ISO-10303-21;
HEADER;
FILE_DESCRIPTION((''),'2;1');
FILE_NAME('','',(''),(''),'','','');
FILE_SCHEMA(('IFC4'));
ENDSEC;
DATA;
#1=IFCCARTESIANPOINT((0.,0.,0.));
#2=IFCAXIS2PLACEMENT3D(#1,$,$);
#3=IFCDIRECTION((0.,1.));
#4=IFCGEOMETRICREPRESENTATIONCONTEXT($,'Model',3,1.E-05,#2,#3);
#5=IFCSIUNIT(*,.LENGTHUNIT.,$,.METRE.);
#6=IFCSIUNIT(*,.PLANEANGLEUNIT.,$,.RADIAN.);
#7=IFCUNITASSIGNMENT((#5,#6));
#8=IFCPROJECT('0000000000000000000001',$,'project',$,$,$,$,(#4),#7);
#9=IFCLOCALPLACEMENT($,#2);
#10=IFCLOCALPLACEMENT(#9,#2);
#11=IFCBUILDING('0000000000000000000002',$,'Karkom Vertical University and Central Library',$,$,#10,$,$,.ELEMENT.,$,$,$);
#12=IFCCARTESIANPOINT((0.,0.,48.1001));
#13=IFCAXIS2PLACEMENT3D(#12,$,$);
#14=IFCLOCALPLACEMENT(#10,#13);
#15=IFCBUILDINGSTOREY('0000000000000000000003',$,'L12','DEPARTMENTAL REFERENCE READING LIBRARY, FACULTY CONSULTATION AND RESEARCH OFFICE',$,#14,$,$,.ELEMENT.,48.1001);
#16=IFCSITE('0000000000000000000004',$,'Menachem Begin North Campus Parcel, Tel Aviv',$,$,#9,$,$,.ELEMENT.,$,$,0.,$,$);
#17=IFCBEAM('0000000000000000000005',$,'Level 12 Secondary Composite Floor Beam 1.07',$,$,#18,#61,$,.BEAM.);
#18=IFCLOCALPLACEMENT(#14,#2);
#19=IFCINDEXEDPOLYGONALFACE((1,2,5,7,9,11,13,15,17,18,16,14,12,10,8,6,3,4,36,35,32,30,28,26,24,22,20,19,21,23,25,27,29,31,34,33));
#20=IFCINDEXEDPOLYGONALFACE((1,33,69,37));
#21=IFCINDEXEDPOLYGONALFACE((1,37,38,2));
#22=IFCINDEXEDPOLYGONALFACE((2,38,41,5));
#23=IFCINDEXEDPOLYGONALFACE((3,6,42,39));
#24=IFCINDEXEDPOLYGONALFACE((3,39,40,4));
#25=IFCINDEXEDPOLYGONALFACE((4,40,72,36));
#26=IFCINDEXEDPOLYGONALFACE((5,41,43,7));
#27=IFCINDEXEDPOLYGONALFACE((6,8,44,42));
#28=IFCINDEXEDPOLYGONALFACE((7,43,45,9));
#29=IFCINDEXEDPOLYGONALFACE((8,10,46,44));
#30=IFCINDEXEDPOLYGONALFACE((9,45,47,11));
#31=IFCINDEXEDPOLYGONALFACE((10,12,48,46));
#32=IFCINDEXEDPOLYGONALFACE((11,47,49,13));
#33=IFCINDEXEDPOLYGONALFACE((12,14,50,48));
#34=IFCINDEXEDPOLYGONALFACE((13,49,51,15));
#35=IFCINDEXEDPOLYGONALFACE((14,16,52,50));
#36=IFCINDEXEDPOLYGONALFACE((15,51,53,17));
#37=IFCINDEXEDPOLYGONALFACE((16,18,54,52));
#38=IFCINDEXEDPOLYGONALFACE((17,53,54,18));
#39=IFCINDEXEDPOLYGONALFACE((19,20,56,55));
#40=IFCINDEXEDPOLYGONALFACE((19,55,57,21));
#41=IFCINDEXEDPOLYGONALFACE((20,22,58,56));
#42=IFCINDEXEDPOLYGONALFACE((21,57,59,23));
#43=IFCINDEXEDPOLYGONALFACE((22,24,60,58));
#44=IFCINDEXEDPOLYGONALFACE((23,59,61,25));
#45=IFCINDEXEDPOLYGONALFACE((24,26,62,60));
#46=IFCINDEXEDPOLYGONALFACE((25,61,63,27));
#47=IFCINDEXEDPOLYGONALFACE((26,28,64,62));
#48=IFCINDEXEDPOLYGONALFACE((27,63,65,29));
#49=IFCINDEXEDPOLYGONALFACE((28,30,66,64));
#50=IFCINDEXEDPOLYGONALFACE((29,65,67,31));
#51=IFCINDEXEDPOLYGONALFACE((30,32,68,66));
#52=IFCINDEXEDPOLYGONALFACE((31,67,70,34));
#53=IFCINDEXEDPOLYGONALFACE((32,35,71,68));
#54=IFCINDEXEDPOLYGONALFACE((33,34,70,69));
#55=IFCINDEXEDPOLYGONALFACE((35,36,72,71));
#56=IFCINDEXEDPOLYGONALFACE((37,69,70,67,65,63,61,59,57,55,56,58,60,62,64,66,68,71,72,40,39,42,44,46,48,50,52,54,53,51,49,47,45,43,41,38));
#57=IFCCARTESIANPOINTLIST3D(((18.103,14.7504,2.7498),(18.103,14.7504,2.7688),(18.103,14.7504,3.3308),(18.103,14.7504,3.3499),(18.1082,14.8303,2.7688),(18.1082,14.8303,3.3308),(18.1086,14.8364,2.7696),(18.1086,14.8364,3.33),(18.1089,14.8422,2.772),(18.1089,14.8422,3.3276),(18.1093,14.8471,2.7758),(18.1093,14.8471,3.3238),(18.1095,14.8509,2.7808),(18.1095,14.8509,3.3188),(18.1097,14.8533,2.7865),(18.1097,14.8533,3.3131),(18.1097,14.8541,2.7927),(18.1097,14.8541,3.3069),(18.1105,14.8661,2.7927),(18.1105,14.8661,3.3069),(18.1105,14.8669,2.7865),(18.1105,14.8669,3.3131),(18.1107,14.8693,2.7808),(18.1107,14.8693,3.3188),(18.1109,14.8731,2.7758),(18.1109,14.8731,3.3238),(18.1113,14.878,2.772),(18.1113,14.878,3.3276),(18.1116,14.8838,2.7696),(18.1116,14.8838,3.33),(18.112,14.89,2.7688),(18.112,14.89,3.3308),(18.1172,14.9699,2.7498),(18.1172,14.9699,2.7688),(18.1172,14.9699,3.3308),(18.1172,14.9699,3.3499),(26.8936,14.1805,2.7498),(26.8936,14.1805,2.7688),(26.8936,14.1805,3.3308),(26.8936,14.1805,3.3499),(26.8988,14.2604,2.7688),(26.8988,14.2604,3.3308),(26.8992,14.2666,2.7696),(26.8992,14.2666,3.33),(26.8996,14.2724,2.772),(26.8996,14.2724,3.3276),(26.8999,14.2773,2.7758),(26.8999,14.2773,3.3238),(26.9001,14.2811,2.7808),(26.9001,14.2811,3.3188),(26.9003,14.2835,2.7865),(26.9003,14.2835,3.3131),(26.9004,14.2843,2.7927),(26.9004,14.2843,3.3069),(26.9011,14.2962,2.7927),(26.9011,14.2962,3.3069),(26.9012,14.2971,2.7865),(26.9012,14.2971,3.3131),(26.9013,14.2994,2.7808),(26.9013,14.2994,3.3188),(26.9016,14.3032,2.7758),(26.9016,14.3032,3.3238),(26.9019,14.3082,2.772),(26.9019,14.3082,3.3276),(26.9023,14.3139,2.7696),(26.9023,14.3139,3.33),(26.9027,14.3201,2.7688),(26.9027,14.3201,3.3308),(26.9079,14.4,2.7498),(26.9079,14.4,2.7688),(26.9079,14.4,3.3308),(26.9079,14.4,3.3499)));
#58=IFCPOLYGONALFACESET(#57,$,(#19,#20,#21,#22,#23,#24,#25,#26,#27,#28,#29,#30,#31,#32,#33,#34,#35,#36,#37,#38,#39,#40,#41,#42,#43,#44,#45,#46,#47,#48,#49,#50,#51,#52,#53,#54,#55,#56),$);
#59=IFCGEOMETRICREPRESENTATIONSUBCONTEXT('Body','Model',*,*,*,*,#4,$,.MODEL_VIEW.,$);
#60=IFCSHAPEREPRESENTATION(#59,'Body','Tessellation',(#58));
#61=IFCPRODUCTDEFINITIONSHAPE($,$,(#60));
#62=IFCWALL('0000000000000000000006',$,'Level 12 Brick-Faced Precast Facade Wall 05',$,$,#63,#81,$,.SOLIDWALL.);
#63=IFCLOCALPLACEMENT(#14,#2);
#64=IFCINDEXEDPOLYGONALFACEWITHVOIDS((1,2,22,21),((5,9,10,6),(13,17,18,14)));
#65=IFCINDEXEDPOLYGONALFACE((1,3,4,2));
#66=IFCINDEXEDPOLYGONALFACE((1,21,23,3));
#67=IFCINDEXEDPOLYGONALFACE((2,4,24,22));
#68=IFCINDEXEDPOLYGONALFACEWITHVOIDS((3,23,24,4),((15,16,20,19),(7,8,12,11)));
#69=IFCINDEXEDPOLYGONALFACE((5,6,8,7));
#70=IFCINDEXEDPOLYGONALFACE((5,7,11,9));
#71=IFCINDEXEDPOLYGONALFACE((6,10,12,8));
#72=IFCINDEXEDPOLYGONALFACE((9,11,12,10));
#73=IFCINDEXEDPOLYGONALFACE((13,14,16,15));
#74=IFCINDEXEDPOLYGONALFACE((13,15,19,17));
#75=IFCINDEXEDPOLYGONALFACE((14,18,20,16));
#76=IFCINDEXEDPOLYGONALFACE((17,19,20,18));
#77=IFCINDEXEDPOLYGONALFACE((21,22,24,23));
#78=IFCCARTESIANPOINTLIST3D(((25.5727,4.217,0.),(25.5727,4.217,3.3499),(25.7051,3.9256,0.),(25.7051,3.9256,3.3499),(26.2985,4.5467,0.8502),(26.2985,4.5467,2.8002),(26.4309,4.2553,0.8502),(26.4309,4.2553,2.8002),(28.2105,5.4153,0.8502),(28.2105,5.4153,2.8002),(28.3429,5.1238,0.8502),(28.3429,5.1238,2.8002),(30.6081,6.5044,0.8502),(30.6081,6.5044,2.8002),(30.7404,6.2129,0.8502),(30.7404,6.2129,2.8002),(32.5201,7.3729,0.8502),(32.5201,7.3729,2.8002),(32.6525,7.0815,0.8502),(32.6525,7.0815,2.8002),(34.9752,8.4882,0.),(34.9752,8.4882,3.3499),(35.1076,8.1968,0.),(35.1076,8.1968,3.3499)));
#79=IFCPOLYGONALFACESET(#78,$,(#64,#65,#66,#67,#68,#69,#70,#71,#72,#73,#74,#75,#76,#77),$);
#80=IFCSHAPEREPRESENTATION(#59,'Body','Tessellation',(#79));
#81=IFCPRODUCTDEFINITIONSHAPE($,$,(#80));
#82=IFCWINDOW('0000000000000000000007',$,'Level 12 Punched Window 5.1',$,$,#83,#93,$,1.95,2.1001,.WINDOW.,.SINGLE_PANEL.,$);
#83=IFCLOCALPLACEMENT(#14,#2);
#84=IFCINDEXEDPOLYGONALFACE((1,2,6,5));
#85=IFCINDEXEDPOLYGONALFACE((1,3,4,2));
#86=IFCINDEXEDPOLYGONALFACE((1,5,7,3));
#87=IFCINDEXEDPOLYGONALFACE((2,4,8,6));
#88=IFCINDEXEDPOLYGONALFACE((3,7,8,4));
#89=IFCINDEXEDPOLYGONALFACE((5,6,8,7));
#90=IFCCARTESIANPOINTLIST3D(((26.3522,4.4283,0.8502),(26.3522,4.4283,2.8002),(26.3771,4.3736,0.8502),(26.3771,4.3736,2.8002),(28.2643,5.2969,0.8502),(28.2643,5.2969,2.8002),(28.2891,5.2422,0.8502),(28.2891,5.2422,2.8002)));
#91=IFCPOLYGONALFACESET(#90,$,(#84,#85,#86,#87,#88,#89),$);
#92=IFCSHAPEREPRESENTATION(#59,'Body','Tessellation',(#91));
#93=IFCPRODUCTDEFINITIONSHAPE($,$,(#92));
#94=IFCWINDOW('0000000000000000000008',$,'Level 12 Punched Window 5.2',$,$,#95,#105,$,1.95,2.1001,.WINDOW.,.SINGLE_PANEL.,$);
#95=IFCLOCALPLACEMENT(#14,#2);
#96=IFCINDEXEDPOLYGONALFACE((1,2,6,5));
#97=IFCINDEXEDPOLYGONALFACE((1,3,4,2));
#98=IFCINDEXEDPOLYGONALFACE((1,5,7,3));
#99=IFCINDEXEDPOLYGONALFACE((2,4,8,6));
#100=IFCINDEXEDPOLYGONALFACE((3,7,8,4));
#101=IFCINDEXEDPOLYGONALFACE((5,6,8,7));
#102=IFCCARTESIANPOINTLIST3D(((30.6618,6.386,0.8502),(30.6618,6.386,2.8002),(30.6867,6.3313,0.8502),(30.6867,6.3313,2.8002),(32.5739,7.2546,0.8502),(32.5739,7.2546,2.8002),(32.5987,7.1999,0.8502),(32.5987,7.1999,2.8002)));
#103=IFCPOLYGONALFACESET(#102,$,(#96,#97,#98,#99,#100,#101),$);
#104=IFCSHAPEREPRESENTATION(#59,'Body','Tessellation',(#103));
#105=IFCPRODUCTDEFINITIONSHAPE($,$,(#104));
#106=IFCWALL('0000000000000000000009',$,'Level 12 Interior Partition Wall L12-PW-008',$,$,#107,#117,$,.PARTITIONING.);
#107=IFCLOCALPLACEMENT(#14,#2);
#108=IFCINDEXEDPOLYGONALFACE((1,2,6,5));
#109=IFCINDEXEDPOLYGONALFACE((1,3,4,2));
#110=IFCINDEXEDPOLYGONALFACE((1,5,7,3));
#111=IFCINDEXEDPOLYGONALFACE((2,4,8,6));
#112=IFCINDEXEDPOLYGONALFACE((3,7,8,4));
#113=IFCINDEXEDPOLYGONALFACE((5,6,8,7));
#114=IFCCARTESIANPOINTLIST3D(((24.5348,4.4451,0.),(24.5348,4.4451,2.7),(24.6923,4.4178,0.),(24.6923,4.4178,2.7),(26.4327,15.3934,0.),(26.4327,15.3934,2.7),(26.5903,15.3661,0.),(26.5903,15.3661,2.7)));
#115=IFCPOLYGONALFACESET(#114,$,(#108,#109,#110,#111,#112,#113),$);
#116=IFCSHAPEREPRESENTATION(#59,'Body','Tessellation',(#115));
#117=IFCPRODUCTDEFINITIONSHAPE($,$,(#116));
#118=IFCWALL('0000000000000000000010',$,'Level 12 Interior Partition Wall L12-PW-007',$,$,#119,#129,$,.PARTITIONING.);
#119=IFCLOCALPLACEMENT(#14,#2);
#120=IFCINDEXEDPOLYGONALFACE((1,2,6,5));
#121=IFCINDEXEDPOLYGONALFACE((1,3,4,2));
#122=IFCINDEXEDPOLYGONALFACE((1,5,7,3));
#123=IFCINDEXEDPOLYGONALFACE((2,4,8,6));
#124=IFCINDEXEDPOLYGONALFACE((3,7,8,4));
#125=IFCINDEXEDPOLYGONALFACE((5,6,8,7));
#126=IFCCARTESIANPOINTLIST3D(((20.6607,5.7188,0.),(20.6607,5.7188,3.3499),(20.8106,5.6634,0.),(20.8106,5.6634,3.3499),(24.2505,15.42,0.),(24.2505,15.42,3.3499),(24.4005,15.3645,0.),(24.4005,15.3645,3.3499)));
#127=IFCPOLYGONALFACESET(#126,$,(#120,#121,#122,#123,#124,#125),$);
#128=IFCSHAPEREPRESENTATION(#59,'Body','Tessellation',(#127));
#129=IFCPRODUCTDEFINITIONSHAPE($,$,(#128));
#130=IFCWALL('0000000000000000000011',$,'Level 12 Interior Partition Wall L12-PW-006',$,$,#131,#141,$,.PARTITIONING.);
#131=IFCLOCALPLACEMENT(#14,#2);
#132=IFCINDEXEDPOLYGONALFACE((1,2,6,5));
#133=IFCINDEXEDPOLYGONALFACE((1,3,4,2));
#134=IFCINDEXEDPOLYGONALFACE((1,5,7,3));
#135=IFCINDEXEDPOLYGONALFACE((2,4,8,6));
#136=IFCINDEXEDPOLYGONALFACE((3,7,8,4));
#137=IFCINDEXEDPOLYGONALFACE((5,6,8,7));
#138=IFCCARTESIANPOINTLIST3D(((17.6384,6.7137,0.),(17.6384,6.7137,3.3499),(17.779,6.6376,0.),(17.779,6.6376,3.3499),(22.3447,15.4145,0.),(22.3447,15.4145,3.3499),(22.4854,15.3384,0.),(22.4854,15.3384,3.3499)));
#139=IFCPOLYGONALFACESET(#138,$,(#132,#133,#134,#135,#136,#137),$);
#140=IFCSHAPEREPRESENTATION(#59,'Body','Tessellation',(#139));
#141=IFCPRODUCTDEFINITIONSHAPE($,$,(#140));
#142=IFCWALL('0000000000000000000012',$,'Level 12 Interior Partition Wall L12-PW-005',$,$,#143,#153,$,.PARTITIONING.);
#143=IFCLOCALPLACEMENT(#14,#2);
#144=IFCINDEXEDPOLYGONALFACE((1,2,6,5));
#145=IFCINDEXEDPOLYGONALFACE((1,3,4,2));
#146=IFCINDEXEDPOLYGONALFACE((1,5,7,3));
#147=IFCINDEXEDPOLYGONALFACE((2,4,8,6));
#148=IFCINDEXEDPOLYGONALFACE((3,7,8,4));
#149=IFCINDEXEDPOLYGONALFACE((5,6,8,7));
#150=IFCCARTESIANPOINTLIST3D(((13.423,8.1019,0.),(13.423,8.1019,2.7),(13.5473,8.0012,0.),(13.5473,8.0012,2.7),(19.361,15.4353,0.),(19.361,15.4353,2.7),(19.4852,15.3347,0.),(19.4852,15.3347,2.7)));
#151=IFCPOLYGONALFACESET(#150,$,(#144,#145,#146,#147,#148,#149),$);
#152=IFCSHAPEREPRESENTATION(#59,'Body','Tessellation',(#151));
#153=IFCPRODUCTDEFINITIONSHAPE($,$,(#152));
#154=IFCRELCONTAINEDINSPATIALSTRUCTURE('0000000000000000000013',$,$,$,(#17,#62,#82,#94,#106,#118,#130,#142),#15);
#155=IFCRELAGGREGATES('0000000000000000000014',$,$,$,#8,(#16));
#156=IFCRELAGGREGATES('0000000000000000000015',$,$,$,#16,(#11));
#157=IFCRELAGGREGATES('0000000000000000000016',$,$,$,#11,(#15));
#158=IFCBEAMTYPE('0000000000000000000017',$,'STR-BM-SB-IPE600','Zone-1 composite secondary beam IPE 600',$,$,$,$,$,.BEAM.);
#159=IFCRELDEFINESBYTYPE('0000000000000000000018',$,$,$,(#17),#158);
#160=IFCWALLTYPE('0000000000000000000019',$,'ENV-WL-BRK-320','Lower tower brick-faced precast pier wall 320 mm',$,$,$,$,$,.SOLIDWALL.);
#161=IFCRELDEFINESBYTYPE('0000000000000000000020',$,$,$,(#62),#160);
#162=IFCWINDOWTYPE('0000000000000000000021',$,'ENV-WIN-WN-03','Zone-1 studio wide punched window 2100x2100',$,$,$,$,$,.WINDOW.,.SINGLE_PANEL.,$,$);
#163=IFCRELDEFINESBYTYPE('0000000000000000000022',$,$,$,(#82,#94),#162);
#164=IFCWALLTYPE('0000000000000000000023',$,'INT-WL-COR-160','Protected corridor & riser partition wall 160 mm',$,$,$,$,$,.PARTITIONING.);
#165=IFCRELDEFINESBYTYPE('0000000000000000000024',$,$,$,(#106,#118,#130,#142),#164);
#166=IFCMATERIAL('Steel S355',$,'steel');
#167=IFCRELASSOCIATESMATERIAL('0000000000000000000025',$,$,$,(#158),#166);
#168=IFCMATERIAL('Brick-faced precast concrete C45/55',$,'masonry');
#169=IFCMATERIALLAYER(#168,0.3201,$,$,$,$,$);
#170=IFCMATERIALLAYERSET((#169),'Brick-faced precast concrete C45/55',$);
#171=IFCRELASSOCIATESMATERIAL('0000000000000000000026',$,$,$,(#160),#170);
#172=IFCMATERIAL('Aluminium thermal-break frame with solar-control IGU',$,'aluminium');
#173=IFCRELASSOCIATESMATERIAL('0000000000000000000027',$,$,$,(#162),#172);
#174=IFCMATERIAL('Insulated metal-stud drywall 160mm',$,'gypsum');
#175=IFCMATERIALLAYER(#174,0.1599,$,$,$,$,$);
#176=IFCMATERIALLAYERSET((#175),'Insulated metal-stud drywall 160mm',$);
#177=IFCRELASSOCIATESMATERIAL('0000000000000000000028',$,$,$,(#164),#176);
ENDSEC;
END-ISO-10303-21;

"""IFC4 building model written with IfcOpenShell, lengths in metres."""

from ifc_helpers import new_model, si_unit, direction, frame, frame_2d, origin, origin_with_axes, origin_2d, place, context, subcontext, project, spatial, rectangle, i_section, extrude, source, transform, mapped, material, layer, layer_set, material_profile, profile_set, type_object, element, fill, save


model = new_model("IFC4")

# Units and contexts
model_context = context("Model", 3, precision=1e-05, world=origin(), true_north=direction((0.0, 1.0)))
body_context = subcontext(model_context, "Body", "Model", "MODEL_VIEW")
ifc_project = project(units=[si_unit("LENGTHUNIT", "METRE"), si_unit("PLANEANGLEUNIT", "RADIAN")], contexts=[model_context])

# Site, building, storey
site_placement = place(None, origin())
site = spatial("IfcSite", under=ifc_project, at=site_placement, Name="Menachem Begin North Campus Parcel, Tel Aviv", CompositionType="ELEMENT", RefElevation=0.0)
building_placement = place(site_placement, origin())
building = spatial("IfcBuilding", under=site, at=building_placement, Name="Karkom Vertical University and Central Library", CompositionType="ELEMENT")
storey_placement = place(building_placement, frame((0.0, 0.0, 48.1001)))
storey = spatial("IfcBuildingStorey", under=building, at=storey_placement, Name="L12", Description="DEPARTMENTAL REFERENCE READING LIBRARY, FACULTY CONSULTATION AND RESEARCH OFFICE", CompositionType="ELEMENT", Elevation=48.1001)

# Beam
ifc_material_1 = material(Name="Steel S355", Category="steel")
ifc_material_profile_1 = material_profile(ifc_material_1, i_section(OverallWidth=0.22, OverallDepth=0.6001, WebThickness=0.012, FlangeThickness=0.019, FilletRadius=0.0239, at=origin_2d()), Name="IPE 600")
ifc_profile_set_1 = profile_set([ifc_material_profile_1], Name="Steel S355")
beam_type_1 = type_object("IfcBeamType", Name="STR-BM-SB-IPE600", Description="Zone-1 composite secondary beam IPE 600", PredefinedType="BEAM", material=ifc_profile_set_1)
shared_shape_1 = source(origin_with_axes(), body_context, "Body", "SweptSolid", [
    extrude(i_section(OverallWidth=0.22, OverallDepth=0.6001, WebThickness=0.012, FlangeThickness=0.019, FilletRadius=0.0239, at=origin_2d()), origin(), (0.0, 0.0, 1.0), 8.8091),
])
beam_1_placement = place(storey_placement, frame((18.1101, 14.8601, 3.0498), z_axis=(0.997906, -0.064687, 0.0), x_axis=(0.064687, 0.997906, 0.0)))
element("IfcBeam", 1, at=beam_1_placement, inside=storey, type_object=beam_type_1, Name="Level 12 Secondary Composite Floor Beam 1.07", PredefinedType="BEAM", context=body_context, shape_type="MappedRepresentation", body=[
    mapped(shared_shape_1, transform((0.0, 0.0, 0.0), scale=1.0)),
])

# Wall, openings, windows
ifc_material_2 = material(Name="Brick-faced precast concrete C45/55", Category="masonry")
ifc_layer_1 = layer(ifc_material_2, 0.3201)
ifc_layer_set_1 = layer_set([ifc_layer_1], Name="Brick-faced precast concrete C45/55")
wall_type_1 = type_object("IfcWallType", Name="ENV-WL-BRK-320", Description="Lower tower brick-faced precast pier wall 320 mm", PredefinedType="SOLIDWALL", material=ifc_layer_set_1)
wall_1_placement = place(storey_placement, frame((25.6389, 4.0713, 0.0), z_axis=(0.0, 0.0, 1.0), x_axis=(0.910464, 0.413589, 0.0)))
wall_1 = element("IfcWall", 2, at=wall_1_placement, inside=storey, type_object=wall_type_1, Name="Level 12 Brick-Faced Precast Facade Wall 05", PredefinedType="SOLIDWALL", context=body_context, shape_type="SweptSolid", body=[
    extrude(rectangle(XDim=10.3271, YDim=0.3201, at=frame_2d((5.1636, 0.0))), origin(), (0.0, 0.0, 1.0), 3.3499),
])
opening_1_placement = place(wall_1_placement, frame((0.7971, 0.0, 0.8501)))
opening_1 = element("IfcOpeningElement", 3, at=opening_1_placement, cuts=wall_1, PredefinedType="OPENING", context=body_context, shape_type="SweptSolid", body=[
    extrude(rectangle(XDim=2.1001, YDim=1.95, at=frame_2d((1.05, 0.9751))), frame((0.0, 0.1699, 0.0), z_axis=(0.0, -1.0, 0.0), x_axis=(1.0, 0.0, 0.0)), (0.0, 0.0, 1.0), 0.3401),
])
opening_2_placement = place(wall_1_placement, frame((5.5305, 0.0, 0.8501)))
opening_2 = element("IfcOpeningElement", 4, at=opening_2_placement, cuts=wall_1, PredefinedType="OPENING", context=body_context, shape_type="SweptSolid", body=[
    extrude(rectangle(XDim=2.1001, YDim=1.95, at=frame_2d((1.05, 0.9751))), frame((0.0, 0.1699, 0.0), z_axis=(0.0, -1.0, 0.0), x_axis=(1.0, 0.0, 0.0)), (0.0, 0.0, 1.0), 0.3401),
])
ifc_material_3 = material(Name="Aluminium thermal-break frame with solar-control IGU", Category="aluminium")
window_type = type_object("IfcWindowType", Name="ENV-WIN-WN-03", Description="Zone-1 studio wide punched window 2100x2100", PartitioningType="SINGLE_PANEL", PredefinedType="WINDOW", material=ifc_material_3)
shared_shape_2 = source(origin_with_axes(), body_context, "Body", "SweptSolid", [
    extrude(rectangle(XDim=2.1001, YDim=1.95, at=frame_2d((1.05, 0.9751))), frame((0.0, 0.03, 0.0), z_axis=(0.0, -1.0, 0.0), x_axis=(1.0, 0.0, 0.0)), (0.0, 0.0, 1.0), 0.0601),
])
window_1_placement = place(opening_1_placement, origin())
window_1 = element("IfcWindow", 5, at=window_1_placement, inside=storey, type_object=window_type, Name="Level 12 Punched Window 5.1", OverallHeight=1.95, OverallWidth=2.1001, PartitioningType="SINGLE_PANEL", PredefinedType="WINDOW", context=body_context, shape_type="MappedRepresentation", body=[
    mapped(shared_shape_2, transform((0.0, 0.0, 0.0), scale=1.0)),
])
fill(opening_1, window_1)
window_2_placement = place(opening_2_placement, origin())
window_2 = element("IfcWindow", 6, at=window_2_placement, inside=storey, type_object=window_type, Name="Level 12 Punched Window 5.2", OverallHeight=1.95, OverallWidth=2.1001, PartitioningType="SINGLE_PANEL", PredefinedType="WINDOW", context=body_context, shape_type="MappedRepresentation", body=[
    mapped(shared_shape_2, transform((0.0, 0.0, 0.0), scale=1.0)),
])
fill(opening_2, window_2)

# Walls
ifc_material_4 = material(Name="Insulated metal-stud drywall 160mm", Category="gypsum")
ifc_layer_2 = layer(ifc_material_4, 0.1599)
ifc_layer_set_2 = layer_set([ifc_layer_2], Name="Insulated metal-stud drywall 160mm")
wall_type_2 = type_object("IfcWallType", Name="INT-WL-COR-160", Description="Protected corridor & riser partition wall 160 mm", PredefinedType="PARTITIONING", material=ifc_layer_set_2)
wall_2_placement = place(storey_placement, frame((26.5115, 15.3796, 0.0), z_axis=(0.0, 0.0, 1.0), x_axis=(-0.170809, -0.985304, 0.0)))
element("IfcWall", 7, at=wall_2_placement, inside=storey, type_object=wall_type_2, Name="Level 12 Interior Partition Wall L12-PW-008", PredefinedType="PARTITIONING", context=body_context, shape_type="SweptSolid", body=[
    extrude(rectangle(XDim=11.1116, YDim=0.1599, at=frame_2d((5.5557, 0.0))), origin(), (0.0, 0.0, 1.0), 2.7),
])
wall_3_placement = place(storey_placement, frame((24.3254, 15.3921, 0.0), z_axis=(0.0, 0.0, 1.0), x_axis=(-0.347044, -0.937849, 0.0)))
element("IfcWall", 8, at=wall_3_placement, inside=storey, type_object=wall_type_2, Name="Level 12 Interior Partition Wall L12-PW-007", PredefinedType="PARTITIONING", context=body_context, shape_type="SweptSolid", body=[
    extrude(rectangle(XDim=10.344, YDim=0.1599, at=frame_2d((5.1719, 0.0))), origin(), (0.0, 0.0, 1.0), 3.3499),
])
wall_4_placement = place(storey_placement, frame((22.415, 15.3765, 0.0), z_axis=(0.0, 0.0, 1.0), x_axis=(-0.475769, -0.87957, 0.0)))
element("IfcWall", 9, at=wall_4_placement, inside=storey, type_object=wall_type_2, Name="Level 12 Interior Partition Wall L12-PW-006", PredefinedType="PARTITIONING", context=body_context, shape_type="SweptSolid", body=[
    extrude(rectangle(XDim=9.8921, YDim=0.1599, at=frame_2d((4.946, 0.0))), origin(), (0.0, 0.0, 1.0), 3.3499),
])
wall_5_placement = place(storey_placement, frame((19.4231, 15.385, 0.0), z_axis=(0.0, 0.0, 1.0), x_axis=(-0.629285, -0.777175, 0.0)))
element("IfcWall", 10, at=wall_5_placement, inside=storey, type_object=wall_type_2, Name="Level 12 Interior Partition Wall L12-PW-005", PredefinedType="PARTITIONING", context=body_context, shape_type="SweptSolid", body=[
    extrude(rectangle(XDim=9.436, YDim=0.1599, at=frame_2d((4.718, 0.0))), origin(), (0.0, 0.0, 1.0), 2.7),
])

save(model, "model.ifc")
